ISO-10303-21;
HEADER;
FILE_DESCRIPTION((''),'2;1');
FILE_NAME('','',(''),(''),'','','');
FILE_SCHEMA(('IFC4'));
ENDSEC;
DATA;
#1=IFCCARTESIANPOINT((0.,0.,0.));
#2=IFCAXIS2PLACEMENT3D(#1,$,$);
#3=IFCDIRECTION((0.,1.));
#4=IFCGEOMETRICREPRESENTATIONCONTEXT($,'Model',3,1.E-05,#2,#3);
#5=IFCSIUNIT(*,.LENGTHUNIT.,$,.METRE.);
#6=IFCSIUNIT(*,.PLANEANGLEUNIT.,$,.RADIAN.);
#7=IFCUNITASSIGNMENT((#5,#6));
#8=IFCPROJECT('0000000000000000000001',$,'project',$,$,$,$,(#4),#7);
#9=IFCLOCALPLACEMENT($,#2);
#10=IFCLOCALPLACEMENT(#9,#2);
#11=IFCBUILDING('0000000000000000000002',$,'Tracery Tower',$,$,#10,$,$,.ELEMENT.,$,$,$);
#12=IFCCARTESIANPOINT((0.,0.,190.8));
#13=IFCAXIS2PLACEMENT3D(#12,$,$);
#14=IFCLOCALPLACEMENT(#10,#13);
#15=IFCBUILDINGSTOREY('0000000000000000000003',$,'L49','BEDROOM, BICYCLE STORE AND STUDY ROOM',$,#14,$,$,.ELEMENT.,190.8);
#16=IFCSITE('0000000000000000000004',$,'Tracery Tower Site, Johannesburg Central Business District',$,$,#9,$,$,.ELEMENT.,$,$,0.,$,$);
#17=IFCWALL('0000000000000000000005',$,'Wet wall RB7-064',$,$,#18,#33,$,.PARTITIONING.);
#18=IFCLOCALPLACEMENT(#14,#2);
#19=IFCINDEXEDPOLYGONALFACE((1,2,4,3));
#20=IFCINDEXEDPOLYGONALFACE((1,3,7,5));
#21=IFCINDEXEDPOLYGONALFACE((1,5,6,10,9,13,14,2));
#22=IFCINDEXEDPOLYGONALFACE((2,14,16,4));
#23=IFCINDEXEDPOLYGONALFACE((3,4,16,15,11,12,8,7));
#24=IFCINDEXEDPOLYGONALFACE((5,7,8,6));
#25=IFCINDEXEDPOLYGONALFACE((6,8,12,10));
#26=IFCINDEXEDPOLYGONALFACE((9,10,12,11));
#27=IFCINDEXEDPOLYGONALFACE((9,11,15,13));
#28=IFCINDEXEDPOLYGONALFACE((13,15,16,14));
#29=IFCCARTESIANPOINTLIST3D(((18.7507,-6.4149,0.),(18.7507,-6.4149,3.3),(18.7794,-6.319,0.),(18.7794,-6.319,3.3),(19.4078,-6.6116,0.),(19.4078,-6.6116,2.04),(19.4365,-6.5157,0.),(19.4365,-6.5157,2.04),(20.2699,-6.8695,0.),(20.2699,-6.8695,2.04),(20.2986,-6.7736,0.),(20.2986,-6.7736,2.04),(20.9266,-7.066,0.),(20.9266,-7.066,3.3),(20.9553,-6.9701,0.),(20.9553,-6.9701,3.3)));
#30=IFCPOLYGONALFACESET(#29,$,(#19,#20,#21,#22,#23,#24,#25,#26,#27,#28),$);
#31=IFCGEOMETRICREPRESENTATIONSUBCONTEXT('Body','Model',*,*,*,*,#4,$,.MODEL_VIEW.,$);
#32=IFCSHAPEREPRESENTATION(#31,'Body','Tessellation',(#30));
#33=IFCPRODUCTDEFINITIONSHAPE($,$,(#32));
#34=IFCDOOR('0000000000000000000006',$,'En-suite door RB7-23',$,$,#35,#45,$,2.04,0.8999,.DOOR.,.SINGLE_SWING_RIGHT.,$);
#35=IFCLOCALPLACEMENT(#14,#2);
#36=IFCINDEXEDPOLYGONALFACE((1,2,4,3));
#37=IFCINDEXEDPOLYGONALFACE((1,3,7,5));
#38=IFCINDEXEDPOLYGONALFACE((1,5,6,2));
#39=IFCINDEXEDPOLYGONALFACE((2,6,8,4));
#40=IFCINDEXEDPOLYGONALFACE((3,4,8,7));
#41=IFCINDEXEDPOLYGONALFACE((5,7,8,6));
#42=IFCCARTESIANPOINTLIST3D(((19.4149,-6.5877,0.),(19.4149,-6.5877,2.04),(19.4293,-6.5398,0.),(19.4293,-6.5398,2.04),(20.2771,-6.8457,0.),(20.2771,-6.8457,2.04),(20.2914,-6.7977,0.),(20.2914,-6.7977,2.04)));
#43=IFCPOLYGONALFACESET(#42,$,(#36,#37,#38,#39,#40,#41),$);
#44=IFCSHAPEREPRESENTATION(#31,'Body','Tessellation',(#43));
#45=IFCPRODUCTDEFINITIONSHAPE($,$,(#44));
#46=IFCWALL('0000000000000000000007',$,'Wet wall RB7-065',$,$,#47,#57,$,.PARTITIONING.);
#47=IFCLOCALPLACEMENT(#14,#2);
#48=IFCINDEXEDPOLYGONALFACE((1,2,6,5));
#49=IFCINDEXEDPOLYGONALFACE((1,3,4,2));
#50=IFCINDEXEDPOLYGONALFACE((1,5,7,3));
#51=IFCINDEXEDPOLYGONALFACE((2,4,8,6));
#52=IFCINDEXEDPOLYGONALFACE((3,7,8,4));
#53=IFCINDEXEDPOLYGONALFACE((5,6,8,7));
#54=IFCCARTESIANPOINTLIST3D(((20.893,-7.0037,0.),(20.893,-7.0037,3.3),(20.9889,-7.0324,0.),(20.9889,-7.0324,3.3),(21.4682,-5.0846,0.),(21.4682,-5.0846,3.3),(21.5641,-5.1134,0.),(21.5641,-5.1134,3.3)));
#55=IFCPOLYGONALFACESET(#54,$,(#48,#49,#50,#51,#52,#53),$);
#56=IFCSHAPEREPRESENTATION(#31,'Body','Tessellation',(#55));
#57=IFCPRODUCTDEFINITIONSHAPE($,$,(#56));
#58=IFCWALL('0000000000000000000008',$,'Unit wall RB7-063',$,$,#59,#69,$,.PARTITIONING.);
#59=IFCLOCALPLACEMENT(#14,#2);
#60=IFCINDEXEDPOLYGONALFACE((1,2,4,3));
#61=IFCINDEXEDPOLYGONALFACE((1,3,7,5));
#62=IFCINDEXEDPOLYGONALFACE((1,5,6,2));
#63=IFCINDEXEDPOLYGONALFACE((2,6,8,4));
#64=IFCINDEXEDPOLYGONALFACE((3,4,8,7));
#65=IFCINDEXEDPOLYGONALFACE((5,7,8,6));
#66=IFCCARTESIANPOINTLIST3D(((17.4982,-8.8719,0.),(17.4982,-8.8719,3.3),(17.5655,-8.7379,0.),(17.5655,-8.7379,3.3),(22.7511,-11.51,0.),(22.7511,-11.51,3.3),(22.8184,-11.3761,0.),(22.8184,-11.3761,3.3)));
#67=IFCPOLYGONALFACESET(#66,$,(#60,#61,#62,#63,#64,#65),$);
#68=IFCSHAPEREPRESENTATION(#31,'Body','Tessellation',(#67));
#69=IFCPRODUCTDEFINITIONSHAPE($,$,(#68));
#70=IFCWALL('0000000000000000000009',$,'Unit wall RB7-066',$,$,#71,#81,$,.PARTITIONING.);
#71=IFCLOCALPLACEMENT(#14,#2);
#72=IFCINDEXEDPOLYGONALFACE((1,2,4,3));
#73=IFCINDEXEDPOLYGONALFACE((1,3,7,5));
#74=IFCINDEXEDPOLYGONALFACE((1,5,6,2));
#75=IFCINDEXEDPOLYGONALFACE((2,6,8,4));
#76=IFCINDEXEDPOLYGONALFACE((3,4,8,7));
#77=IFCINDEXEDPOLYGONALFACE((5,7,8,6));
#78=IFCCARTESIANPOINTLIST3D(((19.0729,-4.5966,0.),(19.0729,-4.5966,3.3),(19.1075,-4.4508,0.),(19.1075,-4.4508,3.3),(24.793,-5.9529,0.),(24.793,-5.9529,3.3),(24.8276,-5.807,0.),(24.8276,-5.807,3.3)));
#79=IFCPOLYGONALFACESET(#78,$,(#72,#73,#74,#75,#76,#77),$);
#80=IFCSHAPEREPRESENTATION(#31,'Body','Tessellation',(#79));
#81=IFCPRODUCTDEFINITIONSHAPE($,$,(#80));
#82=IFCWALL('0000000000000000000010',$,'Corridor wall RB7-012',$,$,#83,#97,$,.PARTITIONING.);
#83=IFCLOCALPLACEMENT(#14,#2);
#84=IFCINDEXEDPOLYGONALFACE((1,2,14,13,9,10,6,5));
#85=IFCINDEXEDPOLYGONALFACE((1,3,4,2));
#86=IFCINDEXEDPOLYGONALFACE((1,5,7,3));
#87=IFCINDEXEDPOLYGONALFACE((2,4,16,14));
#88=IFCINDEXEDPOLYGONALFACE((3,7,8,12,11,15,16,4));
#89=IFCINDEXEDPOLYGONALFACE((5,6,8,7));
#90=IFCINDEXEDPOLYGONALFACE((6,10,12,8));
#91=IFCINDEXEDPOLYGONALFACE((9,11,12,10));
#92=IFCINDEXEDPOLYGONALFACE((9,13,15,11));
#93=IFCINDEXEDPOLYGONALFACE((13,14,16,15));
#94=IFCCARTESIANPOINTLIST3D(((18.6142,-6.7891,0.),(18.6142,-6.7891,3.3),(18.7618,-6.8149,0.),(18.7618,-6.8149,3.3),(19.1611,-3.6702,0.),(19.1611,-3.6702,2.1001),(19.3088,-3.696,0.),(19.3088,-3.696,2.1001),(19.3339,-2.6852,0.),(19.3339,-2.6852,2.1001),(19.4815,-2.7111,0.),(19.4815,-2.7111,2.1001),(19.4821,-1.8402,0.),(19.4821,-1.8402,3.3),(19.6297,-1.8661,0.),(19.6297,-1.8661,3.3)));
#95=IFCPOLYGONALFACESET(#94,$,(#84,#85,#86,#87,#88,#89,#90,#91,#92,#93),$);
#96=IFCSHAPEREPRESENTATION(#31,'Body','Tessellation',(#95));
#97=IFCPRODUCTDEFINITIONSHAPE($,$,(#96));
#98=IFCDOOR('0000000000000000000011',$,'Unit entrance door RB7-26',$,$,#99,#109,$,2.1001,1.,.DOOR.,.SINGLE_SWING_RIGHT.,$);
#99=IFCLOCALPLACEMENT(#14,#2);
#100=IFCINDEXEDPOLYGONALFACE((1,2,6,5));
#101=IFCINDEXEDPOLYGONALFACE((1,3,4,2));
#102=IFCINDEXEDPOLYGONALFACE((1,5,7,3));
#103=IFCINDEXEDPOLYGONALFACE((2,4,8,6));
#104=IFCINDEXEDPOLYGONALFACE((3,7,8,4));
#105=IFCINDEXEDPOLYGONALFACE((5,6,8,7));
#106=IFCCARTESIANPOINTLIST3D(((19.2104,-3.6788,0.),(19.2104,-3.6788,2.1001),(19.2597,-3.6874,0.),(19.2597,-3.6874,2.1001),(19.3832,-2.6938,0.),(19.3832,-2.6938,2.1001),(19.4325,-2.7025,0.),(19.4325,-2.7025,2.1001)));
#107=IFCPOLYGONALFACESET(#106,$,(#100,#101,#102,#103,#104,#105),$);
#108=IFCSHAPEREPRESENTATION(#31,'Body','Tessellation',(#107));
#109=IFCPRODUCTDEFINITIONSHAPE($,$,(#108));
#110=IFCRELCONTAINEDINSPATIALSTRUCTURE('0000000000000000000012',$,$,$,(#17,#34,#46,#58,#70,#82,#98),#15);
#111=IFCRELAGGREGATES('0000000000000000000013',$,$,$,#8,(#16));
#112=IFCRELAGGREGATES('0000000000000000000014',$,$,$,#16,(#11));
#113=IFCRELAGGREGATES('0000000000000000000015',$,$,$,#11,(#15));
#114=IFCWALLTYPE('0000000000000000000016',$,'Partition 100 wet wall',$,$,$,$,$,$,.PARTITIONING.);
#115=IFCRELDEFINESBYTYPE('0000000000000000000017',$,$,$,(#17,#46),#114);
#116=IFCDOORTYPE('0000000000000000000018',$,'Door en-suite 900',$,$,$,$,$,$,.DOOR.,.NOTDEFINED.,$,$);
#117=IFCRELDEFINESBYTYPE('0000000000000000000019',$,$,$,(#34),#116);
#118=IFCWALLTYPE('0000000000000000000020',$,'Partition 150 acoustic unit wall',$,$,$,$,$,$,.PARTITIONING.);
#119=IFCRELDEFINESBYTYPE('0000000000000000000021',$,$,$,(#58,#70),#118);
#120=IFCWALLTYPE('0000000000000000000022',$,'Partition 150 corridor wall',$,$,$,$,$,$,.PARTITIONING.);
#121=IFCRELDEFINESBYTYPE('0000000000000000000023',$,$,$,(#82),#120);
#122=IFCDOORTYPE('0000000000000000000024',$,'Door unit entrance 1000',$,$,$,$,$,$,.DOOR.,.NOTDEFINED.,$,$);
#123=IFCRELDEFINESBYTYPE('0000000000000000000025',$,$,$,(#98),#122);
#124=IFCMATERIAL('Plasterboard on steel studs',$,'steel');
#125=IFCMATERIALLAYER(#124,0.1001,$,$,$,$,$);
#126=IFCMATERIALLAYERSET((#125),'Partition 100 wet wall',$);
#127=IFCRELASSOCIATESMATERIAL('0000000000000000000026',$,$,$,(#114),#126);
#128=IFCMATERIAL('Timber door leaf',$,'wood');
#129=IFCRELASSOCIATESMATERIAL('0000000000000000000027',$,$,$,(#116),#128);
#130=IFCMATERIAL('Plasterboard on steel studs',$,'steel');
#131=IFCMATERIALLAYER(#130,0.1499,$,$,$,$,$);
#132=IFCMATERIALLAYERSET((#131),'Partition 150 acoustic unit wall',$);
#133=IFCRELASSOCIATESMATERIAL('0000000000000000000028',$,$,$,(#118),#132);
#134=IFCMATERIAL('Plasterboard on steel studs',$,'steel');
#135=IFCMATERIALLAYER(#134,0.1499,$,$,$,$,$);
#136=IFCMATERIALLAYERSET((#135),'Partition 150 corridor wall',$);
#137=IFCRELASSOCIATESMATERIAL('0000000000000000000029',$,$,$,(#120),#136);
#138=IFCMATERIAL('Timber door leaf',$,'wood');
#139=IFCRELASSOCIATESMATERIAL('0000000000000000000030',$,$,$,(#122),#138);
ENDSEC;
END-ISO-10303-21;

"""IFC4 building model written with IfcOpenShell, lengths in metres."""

from ifc_helpers import new_model, si_unit, direction, frame, frame_2d, origin, place, context, subcontext, project, spatial, rectangle, extrude, material, layer, layer_set, type_object, element, fill, save


model = new_model("IFC4")

# Units and contexts
model_context = context("Model", 3, precision=1e-05, world=origin(), true_north=direction((0.0, 1.0)))
body_context = subcontext(model_context, "Body", "Model", "MODEL_VIEW")
ifc_project = project(units=[si_unit("LENGTHUNIT", "METRE"), si_unit("PLANEANGLEUNIT", "RADIAN")], contexts=[model_context])

# Site, building, storey
site_placement = place(None, origin())
site = spatial("IfcSite", under=ifc_project, at=site_placement, Name="Tracery Tower Site, Johannesburg Central Business District", CompositionType="ELEMENT", RefElevation=0.0)
building_placement = place(site_placement, origin())
building = spatial("IfcBuilding", under=site, at=building_placement, Name="Tracery Tower", CompositionType="ELEMENT")
storey_placement = place(building_placement, frame((0.0, 0.0, 190.8)))
storey = spatial("IfcBuildingStorey", under=building, at=storey_placement, Name="L49", Description="BEDROOM, BICYCLE STORE AND STUDY ROOM", CompositionType="ELEMENT", Elevation=190.8)

# Wall, opening, door
ifc_material_1 = material(Name="Plasterboard on steel studs", Category="steel")
ifc_layer_1 = layer(ifc_material_1, 0.1001)
ifc_layer_set_1 = layer_set([ifc_layer_1], Name="Partition 100 wet wall")
wall_type_1 = type_object("IfcWallType", Name="Partition 100 wet wall", PredefinedType="PARTITIONING", material=ifc_layer_set_1)
ifc_material_2 = material(Name="Timber door leaf", Category="wood")
door_type_1 = type_object("IfcDoorType", Name="Door en-suite 900", OperationType="NOTDEFINED", PredefinedType="DOOR", material=ifc_material_2)
wall_1_placement = place(storey_placement, frame((18.7649, -6.3669, 0.0), z_axis=(0.0, 0.0, 1.0), x_axis=(0.95803, -0.286667, 0.0)))
wall_1 = element("IfcWall", 1, at=wall_1_placement, inside=storey, type_object=wall_type_1, Name="Wet wall RB7-064", PredefinedType="PARTITIONING", context=body_context, shape_type="SweptSolid", body=[
    extrude(rectangle(XDim=2.2712, YDim=0.1001, at=frame_2d((1.1357, 0.0))), origin(), (0.0, 0.0, 1.0), 3.3),
])
opening_1_placement = place(wall_1_placement, frame((0.686, 0.0, 0.0)))
opening_1 = element("IfcOpeningElement", 2, at=opening_1_placement, cuts=wall_1, PredefinedType="OPENING", context=body_context, shape_type="SweptSolid", body=[
    extrude(rectangle(XDim=0.8999, YDim=2.04, at=frame_2d((0.45, 1.02))), frame((0.0, 0.05, 0.0), z_axis=(0.0, -1.0, 0.0), x_axis=(1.0, 0.0, 0.0)), (0.0, 0.0, 1.0), 0.1001),
])
door_1_placement = place(opening_1_placement, origin())
door_1 = element("IfcDoor", 3, at=door_1_placement, inside=storey, type_object=door_type_1, Name="En-suite door RB7-23", OperationType="SINGLE_SWING_RIGHT", OverallHeight=2.04, OverallWidth=0.8999, PredefinedType="DOOR", context=body_context, shape_type="SweptSolid", body=[
    extrude(rectangle(XDim=0.8999, YDim=2.04, at=frame_2d((0.45, 1.02))), frame((0.0, 0.0249, 0.0), z_axis=(0.0, -1.0, 0.0), x_axis=(1.0, 0.0, 0.0)), (0.0, 0.0, 1.0), 0.05),
])
fill(opening_1, door_1)

# Walls
wall_2_placement = place(storey_placement, frame((20.9409, -7.0181, 0.0), z_axis=(0.0, 0.0, 1.0), x_axis=(0.287124, 0.957893, 0.0)))
element("IfcWall", 4, at=wall_2_placement, inside=storey, type_object=wall_type_1, Name="Wet wall RB7-065", PredefinedType="PARTITIONING", context=body_context, shape_type="SweptSolid", body=[
    extrude(rectangle(XDim=2.0034, YDim=0.1001, at=frame_2d((1.0017, 0.0))), origin(), (0.0, 0.0, 1.0), 3.3),
])
ifc_material_3 = material(Name="Plasterboard on steel studs", Category="steel")
ifc_layer_2 = layer(ifc_material_3, 0.1499)
ifc_layer_set_2 = layer_set([ifc_layer_2], Name="Partition 150 acoustic unit wall")
wall_type_2 = type_object("IfcWallType", Name="Partition 150 acoustic unit wall", PredefinedType="PARTITIONING", material=ifc_layer_set_2)
wall_3_placement = place(storey_placement, frame((17.532, -8.8049, 0.0), z_axis=(0.0, 0.0, 1.0), x_axis=(0.893628, -0.448808, 0.0)))
element("IfcWall", 5, at=wall_3_placement, inside=storey, type_object=wall_type_2, Name="Unit wall RB7-063", PredefinedType="PARTITIONING", context=body_context, shape_type="SweptSolid", body=[
    extrude(rectangle(XDim=5.8782, YDim=0.1499, at=frame_2d((2.939, 0.0))), origin(), (0.0, 0.0, 1.0), 3.3),
])
wall_4_placement = place(storey_placement, frame((19.0901, -4.5237, 0.0), z_axis=(0.0, 0.0, 1.0), x_axis=(0.973024, -0.230703, 0.0)))
element("IfcWall", 6, at=wall_4_placement, inside=storey, type_object=wall_type_2, Name="Unit wall RB7-066", PredefinedType="PARTITIONING", context=body_context, shape_type="SweptSolid", body=[
    extrude(rectangle(XDim=5.8787, YDim=0.1499, at=frame_2d((2.9395, 0.0))), origin(), (0.0, 0.0, 1.0), 3.3),
])

# Wall, opening, door
ifc_material_4 = material(Name="Plasterboard on steel studs", Category="steel")
ifc_layer_3 = layer(ifc_material_4, 0.1499)
ifc_layer_set_3 = layer_set([ifc_layer_3], Name="Partition 150 corridor wall")
wall_type_3 = type_object("IfcWallType", Name="Partition 150 corridor wall", PredefinedType="PARTITIONING", material=ifc_layer_set_3)
wall_5_placement = place(storey_placement, frame((18.688, -6.802, 0.0), z_axis=(0.0, 0.0, 1.0), x_axis=(0.172737, 0.984968, 0.0)))
wall_5 = element("IfcWall", 7, at=wall_5_placement, inside=storey, type_object=wall_type_3, Name="Corridor wall RB7-012", PredefinedType="PARTITIONING", context=body_context, shape_type="SweptSolid", body=[
    extrude(rectangle(XDim=5.0244, YDim=0.1499, at=frame_2d((2.5122, 0.0))), origin(), (0.0, 0.0, 1.0), 3.3),
])
opening_2_placement = place(wall_5_placement, frame((3.1665, 0.0, 0.0)))
opening_2 = element("IfcOpeningElement", 8, at=opening_2_placement, cuts=wall_5, PredefinedType="OPENING", context=body_context, shape_type="SweptSolid", body=[
    extrude(rectangle(XDim=1.0, YDim=2.1001, at=frame_2d((0.5, 1.05))), frame((0.0, 0.075, 0.0), z_axis=(0.0, -1.0, 0.0), x_axis=(1.0, 0.0, 0.0)), (0.0, 0.0, 1.0), 0.1499),
])
ifc_material_5 = material(Name="Timber door leaf", Category="wood")
door_type_2 = type_object("IfcDoorType", Name="Door unit entrance 1000", OperationType="NOTDEFINED", PredefinedType="DOOR", material=ifc_material_5)
door_2_placement = place(opening_2_placement, origin())
door_2 = element("IfcDoor", 9, at=door_2_placement, inside=storey, type_object=door_type_2, Name="Unit entrance door RB7-26", OperationType="SINGLE_SWING_RIGHT", OverallHeight=2.1001, OverallWidth=1.0, PredefinedType="DOOR", context=body_context, shape_type="SweptSolid", body=[
    extrude(rectangle(XDim=1.0, YDim=2.1001, at=frame_2d((0.5, 1.05))), frame((0.0, 0.0249, 0.0), z_axis=(0.0, -1.0, 0.0), x_axis=(1.0, 0.0, 0.0)), (0.0, 0.0, 1.0), 0.05),
])
fill(opening_2, door_2)

save(model, "model.ifc")
